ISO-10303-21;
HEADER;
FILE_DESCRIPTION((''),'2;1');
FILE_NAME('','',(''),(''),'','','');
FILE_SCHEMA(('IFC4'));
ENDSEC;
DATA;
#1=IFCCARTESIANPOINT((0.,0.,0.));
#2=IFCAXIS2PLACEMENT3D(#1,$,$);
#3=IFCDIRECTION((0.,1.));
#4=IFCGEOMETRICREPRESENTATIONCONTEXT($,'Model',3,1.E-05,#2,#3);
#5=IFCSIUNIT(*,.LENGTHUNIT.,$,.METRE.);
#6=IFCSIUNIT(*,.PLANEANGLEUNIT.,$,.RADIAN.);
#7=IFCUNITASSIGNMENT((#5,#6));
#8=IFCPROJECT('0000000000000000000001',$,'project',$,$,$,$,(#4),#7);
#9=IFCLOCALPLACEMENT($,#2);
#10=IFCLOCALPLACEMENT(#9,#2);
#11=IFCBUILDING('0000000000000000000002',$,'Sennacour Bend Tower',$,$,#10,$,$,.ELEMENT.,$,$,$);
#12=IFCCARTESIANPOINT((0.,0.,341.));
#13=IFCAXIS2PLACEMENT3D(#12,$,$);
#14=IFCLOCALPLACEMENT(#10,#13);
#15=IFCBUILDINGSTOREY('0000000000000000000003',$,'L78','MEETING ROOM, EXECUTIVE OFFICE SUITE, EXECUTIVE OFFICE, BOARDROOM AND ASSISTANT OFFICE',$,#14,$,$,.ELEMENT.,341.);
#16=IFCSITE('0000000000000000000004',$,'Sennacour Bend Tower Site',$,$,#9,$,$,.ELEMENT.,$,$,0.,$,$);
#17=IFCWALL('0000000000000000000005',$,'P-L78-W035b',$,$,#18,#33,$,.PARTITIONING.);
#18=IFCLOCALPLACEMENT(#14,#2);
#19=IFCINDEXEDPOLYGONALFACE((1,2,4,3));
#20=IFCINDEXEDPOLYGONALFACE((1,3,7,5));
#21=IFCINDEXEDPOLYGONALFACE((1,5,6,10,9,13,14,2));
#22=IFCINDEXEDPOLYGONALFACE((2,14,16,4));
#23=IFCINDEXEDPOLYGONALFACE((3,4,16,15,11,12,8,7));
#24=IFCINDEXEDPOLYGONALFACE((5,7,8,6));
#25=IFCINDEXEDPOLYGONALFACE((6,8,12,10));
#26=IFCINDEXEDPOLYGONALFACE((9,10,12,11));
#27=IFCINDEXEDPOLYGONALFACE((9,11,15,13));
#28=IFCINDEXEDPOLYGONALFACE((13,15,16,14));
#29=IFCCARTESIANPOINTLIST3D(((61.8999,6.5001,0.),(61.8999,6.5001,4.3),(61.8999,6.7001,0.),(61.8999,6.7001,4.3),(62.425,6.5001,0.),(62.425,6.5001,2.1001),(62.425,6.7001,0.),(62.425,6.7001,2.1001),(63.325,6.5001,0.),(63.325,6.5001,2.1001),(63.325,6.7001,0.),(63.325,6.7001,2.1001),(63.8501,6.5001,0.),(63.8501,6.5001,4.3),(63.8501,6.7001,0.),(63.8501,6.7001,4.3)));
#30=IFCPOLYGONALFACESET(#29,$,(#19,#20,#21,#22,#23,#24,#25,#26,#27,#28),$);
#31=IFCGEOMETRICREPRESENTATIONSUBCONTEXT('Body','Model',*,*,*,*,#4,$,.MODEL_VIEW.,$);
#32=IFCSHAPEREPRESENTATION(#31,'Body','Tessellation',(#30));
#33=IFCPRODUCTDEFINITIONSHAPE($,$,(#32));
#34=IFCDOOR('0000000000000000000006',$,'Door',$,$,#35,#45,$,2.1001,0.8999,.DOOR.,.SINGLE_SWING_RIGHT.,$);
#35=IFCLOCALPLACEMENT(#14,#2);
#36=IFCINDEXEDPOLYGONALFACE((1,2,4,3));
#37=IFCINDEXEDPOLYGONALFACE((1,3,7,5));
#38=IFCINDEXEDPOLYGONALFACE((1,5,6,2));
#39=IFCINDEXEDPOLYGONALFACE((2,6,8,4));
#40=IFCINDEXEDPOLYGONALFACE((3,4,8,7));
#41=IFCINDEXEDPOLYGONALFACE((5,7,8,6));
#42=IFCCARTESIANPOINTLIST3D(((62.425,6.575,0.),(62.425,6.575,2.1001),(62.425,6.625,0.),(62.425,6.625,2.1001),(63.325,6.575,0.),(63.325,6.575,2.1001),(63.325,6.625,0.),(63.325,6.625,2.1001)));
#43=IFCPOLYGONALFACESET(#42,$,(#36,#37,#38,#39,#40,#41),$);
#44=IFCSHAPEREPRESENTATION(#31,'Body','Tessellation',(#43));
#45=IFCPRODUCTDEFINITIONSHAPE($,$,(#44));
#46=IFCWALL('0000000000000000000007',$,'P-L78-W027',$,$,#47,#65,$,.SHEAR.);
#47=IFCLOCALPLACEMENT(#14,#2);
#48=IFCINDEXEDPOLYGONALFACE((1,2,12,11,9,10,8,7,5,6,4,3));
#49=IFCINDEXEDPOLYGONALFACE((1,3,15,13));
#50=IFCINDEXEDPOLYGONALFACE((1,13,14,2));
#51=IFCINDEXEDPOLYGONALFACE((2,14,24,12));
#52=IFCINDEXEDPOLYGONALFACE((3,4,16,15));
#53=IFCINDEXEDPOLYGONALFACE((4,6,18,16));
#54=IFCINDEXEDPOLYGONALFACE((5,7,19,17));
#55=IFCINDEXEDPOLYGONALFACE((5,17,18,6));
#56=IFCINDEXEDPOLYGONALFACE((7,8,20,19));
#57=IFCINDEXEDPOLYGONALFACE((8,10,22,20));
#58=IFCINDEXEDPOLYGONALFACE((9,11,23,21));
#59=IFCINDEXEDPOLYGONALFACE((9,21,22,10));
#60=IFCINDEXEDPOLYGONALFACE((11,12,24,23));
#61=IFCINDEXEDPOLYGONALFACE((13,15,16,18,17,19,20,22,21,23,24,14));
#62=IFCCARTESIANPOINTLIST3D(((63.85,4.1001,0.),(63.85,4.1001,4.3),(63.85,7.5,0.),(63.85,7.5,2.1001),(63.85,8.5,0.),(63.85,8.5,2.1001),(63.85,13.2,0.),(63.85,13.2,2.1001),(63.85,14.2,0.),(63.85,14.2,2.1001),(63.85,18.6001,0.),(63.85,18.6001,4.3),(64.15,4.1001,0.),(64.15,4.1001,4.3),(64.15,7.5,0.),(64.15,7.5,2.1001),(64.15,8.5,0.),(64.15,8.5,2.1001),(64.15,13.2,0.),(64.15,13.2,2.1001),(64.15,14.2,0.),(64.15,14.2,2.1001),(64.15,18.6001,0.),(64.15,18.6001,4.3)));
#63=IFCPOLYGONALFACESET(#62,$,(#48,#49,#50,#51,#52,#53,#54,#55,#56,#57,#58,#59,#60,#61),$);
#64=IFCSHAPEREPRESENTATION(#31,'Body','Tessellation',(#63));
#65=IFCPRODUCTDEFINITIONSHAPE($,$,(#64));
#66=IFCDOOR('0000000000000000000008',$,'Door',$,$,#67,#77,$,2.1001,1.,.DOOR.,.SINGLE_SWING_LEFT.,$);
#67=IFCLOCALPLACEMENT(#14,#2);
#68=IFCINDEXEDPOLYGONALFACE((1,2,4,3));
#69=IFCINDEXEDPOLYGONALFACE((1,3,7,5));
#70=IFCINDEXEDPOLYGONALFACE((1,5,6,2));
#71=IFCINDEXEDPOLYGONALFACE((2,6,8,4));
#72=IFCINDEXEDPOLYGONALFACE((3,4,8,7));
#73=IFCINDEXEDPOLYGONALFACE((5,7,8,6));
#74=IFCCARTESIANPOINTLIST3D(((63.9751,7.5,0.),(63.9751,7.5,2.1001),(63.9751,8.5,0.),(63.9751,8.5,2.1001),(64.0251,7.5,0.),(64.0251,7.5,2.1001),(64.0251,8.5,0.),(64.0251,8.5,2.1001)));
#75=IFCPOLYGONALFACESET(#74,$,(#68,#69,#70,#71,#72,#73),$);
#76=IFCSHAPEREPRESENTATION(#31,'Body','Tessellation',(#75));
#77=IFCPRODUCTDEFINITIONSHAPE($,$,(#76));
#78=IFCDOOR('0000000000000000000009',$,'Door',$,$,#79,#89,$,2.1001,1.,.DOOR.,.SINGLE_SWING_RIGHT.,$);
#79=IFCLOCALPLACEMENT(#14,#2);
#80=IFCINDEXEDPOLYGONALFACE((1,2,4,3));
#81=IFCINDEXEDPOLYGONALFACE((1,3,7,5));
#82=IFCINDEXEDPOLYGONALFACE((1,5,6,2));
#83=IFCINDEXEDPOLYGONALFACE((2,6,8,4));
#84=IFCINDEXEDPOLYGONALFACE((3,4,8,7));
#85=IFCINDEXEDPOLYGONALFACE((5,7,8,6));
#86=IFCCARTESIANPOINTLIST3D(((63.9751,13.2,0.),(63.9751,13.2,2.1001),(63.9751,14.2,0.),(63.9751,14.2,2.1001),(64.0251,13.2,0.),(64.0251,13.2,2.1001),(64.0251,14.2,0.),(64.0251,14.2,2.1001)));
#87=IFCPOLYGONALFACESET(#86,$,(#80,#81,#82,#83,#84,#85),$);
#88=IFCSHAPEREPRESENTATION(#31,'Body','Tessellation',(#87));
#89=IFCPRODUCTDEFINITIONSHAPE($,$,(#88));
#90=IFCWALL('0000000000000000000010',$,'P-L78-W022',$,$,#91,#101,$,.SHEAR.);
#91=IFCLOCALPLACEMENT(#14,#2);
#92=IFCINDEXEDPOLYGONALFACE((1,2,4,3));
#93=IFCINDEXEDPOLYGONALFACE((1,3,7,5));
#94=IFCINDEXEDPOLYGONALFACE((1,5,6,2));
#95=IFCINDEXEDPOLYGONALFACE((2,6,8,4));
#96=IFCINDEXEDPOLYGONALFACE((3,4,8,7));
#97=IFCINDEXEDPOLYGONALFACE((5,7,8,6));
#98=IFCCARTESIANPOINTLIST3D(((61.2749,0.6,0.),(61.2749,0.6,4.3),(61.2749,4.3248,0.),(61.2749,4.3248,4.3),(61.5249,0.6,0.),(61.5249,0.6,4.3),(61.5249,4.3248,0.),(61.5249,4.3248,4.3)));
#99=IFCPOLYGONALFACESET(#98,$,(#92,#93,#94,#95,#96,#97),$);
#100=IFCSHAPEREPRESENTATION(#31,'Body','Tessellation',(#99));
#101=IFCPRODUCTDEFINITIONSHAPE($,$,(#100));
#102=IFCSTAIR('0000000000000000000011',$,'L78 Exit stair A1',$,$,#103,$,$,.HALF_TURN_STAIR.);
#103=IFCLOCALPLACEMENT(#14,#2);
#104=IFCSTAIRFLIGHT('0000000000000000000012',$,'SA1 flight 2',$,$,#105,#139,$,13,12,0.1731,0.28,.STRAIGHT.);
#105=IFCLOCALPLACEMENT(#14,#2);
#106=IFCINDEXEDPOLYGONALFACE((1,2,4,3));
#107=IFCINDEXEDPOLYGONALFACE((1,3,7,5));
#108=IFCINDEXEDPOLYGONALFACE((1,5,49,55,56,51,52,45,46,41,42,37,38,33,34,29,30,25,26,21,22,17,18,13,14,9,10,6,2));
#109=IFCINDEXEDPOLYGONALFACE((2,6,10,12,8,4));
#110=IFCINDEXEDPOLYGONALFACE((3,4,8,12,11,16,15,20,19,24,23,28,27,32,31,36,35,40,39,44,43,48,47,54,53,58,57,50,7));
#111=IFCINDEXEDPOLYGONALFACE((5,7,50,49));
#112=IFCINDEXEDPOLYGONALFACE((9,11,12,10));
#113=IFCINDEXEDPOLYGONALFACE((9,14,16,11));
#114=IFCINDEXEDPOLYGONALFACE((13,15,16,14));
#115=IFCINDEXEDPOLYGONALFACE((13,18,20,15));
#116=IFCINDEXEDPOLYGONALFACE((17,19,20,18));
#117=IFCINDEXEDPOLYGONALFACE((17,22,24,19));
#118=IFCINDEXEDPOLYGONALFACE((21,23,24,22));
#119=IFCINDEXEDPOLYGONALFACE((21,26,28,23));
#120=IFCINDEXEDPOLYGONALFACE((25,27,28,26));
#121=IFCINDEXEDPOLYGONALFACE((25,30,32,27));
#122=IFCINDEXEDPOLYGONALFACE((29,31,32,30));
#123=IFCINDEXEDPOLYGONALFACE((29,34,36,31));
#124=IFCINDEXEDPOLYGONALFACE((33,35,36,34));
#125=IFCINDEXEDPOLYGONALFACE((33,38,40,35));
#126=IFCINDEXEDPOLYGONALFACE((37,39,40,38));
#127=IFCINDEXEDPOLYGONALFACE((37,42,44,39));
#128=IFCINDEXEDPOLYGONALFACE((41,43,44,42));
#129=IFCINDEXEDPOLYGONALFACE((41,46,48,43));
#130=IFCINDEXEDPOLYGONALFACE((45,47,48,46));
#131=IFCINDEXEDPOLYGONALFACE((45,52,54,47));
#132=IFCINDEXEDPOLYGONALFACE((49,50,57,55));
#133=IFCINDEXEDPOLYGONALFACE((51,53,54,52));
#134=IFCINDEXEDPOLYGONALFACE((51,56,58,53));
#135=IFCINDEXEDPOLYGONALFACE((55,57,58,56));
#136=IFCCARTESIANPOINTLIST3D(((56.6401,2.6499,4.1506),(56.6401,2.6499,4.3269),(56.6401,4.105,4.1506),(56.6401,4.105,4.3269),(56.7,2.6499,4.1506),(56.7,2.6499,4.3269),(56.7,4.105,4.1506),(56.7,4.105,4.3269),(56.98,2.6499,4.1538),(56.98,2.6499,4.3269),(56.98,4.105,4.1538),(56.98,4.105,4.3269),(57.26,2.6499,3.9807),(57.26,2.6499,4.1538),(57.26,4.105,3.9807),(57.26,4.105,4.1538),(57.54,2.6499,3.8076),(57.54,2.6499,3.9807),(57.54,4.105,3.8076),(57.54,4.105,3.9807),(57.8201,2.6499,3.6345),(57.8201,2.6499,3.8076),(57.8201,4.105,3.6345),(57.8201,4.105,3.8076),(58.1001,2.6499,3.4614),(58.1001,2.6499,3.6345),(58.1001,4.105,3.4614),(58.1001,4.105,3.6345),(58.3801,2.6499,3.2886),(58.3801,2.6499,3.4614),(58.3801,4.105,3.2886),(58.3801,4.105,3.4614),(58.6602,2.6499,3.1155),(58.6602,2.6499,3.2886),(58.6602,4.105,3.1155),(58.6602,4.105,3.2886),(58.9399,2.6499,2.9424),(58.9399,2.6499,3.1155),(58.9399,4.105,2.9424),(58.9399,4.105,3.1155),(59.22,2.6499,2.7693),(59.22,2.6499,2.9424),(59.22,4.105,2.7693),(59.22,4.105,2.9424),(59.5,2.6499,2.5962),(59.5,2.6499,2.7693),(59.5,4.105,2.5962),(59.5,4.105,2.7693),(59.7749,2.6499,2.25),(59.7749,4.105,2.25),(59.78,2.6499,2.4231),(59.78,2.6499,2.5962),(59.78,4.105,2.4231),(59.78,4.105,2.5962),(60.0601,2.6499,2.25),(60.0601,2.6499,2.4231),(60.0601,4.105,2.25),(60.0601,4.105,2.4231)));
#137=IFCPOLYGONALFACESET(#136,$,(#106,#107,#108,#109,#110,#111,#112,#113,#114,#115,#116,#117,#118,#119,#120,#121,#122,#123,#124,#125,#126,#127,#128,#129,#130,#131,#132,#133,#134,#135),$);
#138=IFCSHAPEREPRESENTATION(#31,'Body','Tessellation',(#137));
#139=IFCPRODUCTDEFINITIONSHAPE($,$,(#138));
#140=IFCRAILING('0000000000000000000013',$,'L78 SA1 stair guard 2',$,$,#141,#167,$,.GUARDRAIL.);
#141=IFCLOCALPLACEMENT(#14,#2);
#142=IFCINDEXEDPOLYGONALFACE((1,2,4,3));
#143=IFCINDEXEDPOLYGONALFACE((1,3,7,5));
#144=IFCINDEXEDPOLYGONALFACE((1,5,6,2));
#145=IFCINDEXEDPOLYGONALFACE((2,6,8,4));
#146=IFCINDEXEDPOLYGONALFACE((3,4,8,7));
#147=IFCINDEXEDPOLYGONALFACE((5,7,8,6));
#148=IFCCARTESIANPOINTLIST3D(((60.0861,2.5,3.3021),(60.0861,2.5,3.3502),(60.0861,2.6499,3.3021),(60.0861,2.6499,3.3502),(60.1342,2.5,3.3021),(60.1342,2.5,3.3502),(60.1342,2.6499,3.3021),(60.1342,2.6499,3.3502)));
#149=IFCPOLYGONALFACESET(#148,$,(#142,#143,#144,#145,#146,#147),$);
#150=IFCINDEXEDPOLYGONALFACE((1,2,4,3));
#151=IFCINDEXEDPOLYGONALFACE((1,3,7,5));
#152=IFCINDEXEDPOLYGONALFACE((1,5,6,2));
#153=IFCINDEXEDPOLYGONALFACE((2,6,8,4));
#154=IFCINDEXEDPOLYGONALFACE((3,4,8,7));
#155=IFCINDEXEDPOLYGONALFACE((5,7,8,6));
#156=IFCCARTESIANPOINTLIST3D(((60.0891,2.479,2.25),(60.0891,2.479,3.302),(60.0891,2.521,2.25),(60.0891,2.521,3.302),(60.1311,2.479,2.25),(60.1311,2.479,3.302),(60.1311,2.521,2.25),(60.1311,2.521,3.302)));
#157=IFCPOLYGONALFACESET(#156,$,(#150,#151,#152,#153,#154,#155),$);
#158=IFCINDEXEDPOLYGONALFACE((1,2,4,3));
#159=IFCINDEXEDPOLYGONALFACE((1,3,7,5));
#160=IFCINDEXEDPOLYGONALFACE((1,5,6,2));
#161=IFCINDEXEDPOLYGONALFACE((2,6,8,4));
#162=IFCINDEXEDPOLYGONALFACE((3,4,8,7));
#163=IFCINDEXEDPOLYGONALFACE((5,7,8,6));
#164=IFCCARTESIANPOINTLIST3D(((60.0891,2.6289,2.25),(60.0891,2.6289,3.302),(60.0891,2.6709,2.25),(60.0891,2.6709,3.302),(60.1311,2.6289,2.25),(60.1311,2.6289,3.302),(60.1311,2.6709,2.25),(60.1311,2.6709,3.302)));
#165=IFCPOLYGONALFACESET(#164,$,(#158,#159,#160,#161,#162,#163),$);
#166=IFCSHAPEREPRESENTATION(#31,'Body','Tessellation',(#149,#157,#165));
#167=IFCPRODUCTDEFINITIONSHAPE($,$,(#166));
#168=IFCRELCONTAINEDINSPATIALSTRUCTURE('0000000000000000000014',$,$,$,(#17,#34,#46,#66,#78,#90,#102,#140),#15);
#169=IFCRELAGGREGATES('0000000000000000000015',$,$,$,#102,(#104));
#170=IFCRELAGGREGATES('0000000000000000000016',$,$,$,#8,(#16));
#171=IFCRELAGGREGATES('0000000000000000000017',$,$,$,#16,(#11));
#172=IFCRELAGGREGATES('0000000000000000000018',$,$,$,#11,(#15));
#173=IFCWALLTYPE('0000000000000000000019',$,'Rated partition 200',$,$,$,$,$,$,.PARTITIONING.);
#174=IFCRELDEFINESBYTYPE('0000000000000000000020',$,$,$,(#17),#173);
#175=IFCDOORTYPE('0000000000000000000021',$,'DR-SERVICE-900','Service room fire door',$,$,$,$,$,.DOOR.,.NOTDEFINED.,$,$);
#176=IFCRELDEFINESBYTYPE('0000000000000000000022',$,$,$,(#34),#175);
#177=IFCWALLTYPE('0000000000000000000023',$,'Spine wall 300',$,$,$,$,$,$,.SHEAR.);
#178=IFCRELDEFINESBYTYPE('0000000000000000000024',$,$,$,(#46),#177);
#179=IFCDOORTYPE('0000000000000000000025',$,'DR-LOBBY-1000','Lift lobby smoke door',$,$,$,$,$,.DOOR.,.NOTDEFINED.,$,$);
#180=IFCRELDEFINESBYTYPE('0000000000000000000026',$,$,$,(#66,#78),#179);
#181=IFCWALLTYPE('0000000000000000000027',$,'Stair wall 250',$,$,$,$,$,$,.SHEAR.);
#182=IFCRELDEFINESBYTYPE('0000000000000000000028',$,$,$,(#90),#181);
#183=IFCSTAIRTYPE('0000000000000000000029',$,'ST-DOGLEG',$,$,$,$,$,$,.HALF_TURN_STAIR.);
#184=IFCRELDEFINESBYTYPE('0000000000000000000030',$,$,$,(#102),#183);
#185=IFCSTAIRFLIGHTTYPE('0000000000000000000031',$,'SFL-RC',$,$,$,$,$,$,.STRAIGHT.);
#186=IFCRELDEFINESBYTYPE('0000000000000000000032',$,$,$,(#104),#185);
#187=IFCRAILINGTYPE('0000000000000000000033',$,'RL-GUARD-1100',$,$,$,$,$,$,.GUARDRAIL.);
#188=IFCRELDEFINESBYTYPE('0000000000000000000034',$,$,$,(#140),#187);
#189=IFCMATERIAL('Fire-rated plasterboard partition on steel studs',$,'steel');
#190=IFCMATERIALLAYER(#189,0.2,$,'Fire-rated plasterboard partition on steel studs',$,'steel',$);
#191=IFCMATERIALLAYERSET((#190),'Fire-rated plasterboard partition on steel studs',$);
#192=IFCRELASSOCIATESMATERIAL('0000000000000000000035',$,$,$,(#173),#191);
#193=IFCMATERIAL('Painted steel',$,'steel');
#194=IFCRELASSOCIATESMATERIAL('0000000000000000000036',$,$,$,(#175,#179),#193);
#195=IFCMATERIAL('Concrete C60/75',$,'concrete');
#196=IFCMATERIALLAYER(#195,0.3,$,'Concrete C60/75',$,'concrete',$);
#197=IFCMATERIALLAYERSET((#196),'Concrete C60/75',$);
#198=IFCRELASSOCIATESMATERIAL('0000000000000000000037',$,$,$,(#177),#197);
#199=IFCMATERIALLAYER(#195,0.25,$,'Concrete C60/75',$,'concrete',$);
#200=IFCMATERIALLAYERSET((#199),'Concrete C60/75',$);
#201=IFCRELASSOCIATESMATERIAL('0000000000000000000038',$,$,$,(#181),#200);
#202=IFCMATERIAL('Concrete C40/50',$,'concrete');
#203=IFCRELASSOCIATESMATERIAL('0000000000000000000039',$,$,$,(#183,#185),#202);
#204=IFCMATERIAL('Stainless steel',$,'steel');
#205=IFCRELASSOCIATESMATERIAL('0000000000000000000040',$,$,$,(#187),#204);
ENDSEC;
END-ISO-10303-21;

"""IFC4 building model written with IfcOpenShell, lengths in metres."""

from ifc_helpers import new_model, si_unit, direction, frame, frame_2d, origin, origin_2d, place, context, subcontext, project, spatial, polyline, rectangle, outline, extrude, material, layer, layer_set, type_object, element, fill, aggregate, save


model = new_model("IFC4")

# Units and contexts
model_context = context("Model", 3, precision=1e-05, world=origin(), true_north=direction((0.0, 1.0)))
body_context = subcontext(model_context, "Body", "Model", "MODEL_VIEW")
ifc_project = project(units=[si_unit("LENGTHUNIT", "METRE"), si_unit("PLANEANGLEUNIT", "RADIAN")], contexts=[model_context])

# Site, building, storey
site_placement = place(None, origin())
site = spatial("IfcSite", under=ifc_project, at=site_placement, Name="Sennacour Bend Tower Site", CompositionType="ELEMENT", RefElevation=0.0)
building_placement = place(site_placement, origin())
building = spatial("IfcBuilding", under=site, at=building_placement, Name="Sennacour Bend Tower", CompositionType="ELEMENT")
storey_placement = place(building_placement, frame((0.0, 0.0, 341.0)))
storey = spatial("IfcBuildingStorey", under=building, at=storey_placement, Name="L78", Description="MEETING ROOM, EXECUTIVE OFFICE SUITE, EXECUTIVE OFFICE, BOARDROOM AND ASSISTANT OFFICE", CompositionType="ELEMENT", Elevation=341.0)

# Shared definitions
ifc_material_1 = material(Name="Fire-rated plasterboard partition on steel studs", Category="steel")
ifc_layer_1 = layer(ifc_material_1, 0.2, Name="Fire-rated plasterboard partition on steel studs", Category="steel")
ifc_layer_set_1 = layer_set([ifc_layer_1], Name="Fire-rated plasterboard partition on steel studs")
wall_type_1 = type_object("IfcWallType", Name="Rated partition 200", PredefinedType="PARTITIONING", material=ifc_layer_set_1)

# Wall, opening, door
ifc_material_2 = material(Name="Painted steel", Category="steel")
door_type_1 = type_object("IfcDoorType", Name="DR-SERVICE-900", Description="Service room fire door", OperationType="NOTDEFINED", PredefinedType="DOOR", material=ifc_material_2)
wall_1_placement = place(storey_placement, frame((61.8999, 6.6001, 0.0), z_axis=(0.0, 0.0, 1.0), x_axis=(1.0, 0.0, 0.0)))
wall_1 = element("IfcWall", 1, at=wall_1_placement, inside=storey, type_object=wall_type_1, Name="P-L78-W035b", PredefinedType="PARTITIONING", context=body_context, shape_type="SweptSolid", body=[
    extrude(rectangle(XDim=1.9502, YDim=0.2, at=frame_2d((0.9751, 0.0))), origin(), (0.0, 0.0, 1.0), 4.3),
])
opening_1_placement = place(wall_1_placement, frame((0.5251, 0.0, 0.0)))
opening_1 = element("IfcOpeningElement", 2, at=opening_1_placement, cuts=wall_1, PredefinedType="OPENING", context=body_context, shape_type="SweptSolid", body=[
    extrude(rectangle(XDim=0.8999, YDim=2.1001, at=frame_2d((0.45, 1.05))), frame((0.0, 0.1099, 0.0), z_axis=(0.0, -1.0, 0.0), x_axis=(1.0, 0.0, 0.0)), (0.0, 0.0, 1.0), 0.22),
])
door_1_placement = place(opening_1_placement, origin())
door_1 = element("IfcDoor", 3, at=door_1_placement, inside=storey, type_object=door_type_1, Name="Door", OperationType="SINGLE_SWING_RIGHT", OverallHeight=2.1001, OverallWidth=0.8999, PredefinedType="DOOR", context=body_context, shape_type="SweptSolid", body=[
    extrude(rectangle(XDim=0.8999, YDim=2.1001, at=frame_2d((0.45, 1.05))), frame((0.0, 0.0249, 0.0), z_axis=(0.0, -1.0, 0.0), x_axis=(1.0, 0.0, 0.0)), (0.0, 0.0, 1.0), 0.05),
])
fill(opening_1, door_1)

# Wall, openings, doors
ifc_material_3 = material(Name="Concrete C60/75", Category="concrete")
ifc_layer_2 = layer(ifc_material_3, 0.3, Name="Concrete C60/75", Category="concrete")
ifc_layer_set_2 = layer_set([ifc_layer_2], Name="Concrete C60/75")
wall_type_2 = type_object("IfcWallType", Name="Spine wall 300", PredefinedType="SHEAR", material=ifc_layer_set_2)
wall_2_placement = place(storey_placement, frame((64.0, 4.1001, 0.0), z_axis=(0.0, 0.0, 1.0), x_axis=(0.0, 1.0, 0.0)))
wall_2 = element("IfcWall", 4, at=wall_2_placement, inside=storey, type_object=wall_type_2, Name="P-L78-W027", PredefinedType="SHEAR", context=body_context, shape_type="SweptSolid", body=[
    extrude(rectangle(XDim=14.5, YDim=0.3, at=frame_2d((7.25, 0.0))), origin(), (0.0, 0.0, 1.0), 4.3),
])
opening_2_placement = place(wall_2_placement, frame((3.3999, 0.0, 0.0)))
opening_2 = element("IfcOpeningElement", 5, at=opening_2_placement, cuts=wall_2, PredefinedType="OPENING", context=body_context, shape_type="SweptSolid", body=[
    extrude(rectangle(XDim=1.0, YDim=2.1001, at=frame_2d((0.5, 1.05))), frame((0.0, 0.1602, 0.0), z_axis=(0.0, -1.0, 0.0), x_axis=(1.0, 0.0, 0.0)), (0.0, 0.0, 1.0), 0.3201),
])
opening_3_placement = place(wall_2_placement, frame((9.0999, 0.0, 0.0)))
opening_3 = element("IfcOpeningElement", 6, at=opening_3_placement, cuts=wall_2, PredefinedType="OPENING", context=body_context, shape_type="SweptSolid", body=[
    extrude(rectangle(XDim=1.0, YDim=2.1001, at=frame_2d((0.5, 1.05))), frame((0.0, 0.1602, 0.0), z_axis=(0.0, -1.0, 0.0), x_axis=(1.0, 0.0, 0.0)), (0.0, 0.0, 1.0), 0.3201),
])
door_type_2 = type_object("IfcDoorType", Name="DR-LOBBY-1000", Description="Lift lobby smoke door", OperationType="NOTDEFINED", PredefinedType="DOOR", material=ifc_material_2)
door_2_placement = place(opening_2_placement, origin())
door_2 = element("IfcDoor", 7, at=door_2_placement, inside=storey, type_object=door_type_2, Name="Door", OperationType="SINGLE_SWING_LEFT", OverallHeight=2.1001, OverallWidth=1.0, PredefinedType="DOOR", context=body_context, shape_type="SweptSolid", body=[
    extrude(rectangle(XDim=1.0, YDim=2.1001, at=frame_2d((0.5, 1.05))), frame((0.0, 0.0249, 0.0), z_axis=(0.0, -1.0, 0.0), x_axis=(1.0, 0.0, 0.0)), (0.0, 0.0, 1.0), 0.05),
])
fill(opening_2, door_2)
door_3_placement = place(opening_3_placement, origin())
door_3 = element("IfcDoor", 8, at=door_3_placement, inside=storey, type_object=door_type_2, Name="Door", OperationType="SINGLE_SWING_RIGHT", OverallHeight=2.1001, OverallWidth=1.0, PredefinedType="DOOR", context=body_context, shape_type="SweptSolid", body=[
    extrude(rectangle(XDim=1.0, YDim=2.1001, at=frame_2d((0.5, 1.05))), frame((0.0, 0.0249, 0.0), z_axis=(0.0, -1.0, 0.0), x_axis=(1.0, 0.0, 0.0)), (0.0, 0.0, 1.0), 0.05),
])
fill(opening_3, door_3)

# Wall
ifc_layer_3 = layer(ifc_material_3, 0.25, Name="Concrete C60/75", Category="concrete")
ifc_layer_set_3 = layer_set([ifc_layer_3], Name="Concrete C60/75")
wall_type_3 = type_object("IfcWallType", Name="Stair wall 250", PredefinedType="SHEAR", material=ifc_layer_set_3)
wall_3_placement = place(storey_placement, frame((61.3999, 0.6001, 0.0), z_axis=(0.0, 0.0, 1.0), x_axis=(0.0, 1.0, 0.0)))
element("IfcWall", 9, at=wall_3_placement, inside=storey, type_object=wall_type_3, Name="P-L78-W022", PredefinedType="SHEAR", context=body_context, shape_type="SweptSolid", body=[
    extrude(rectangle(XDim=3.7249, YDim=0.25, at=frame_2d((1.8623, 0.0))), origin(), (0.0, 0.0, 1.0), 4.3),
])

# Stair, stair flight
ifc_material_4 = material(Name="Concrete C40/50", Category="concrete")
stair_type = type_object("IfcStairType", Name="ST-DOGLEG", PredefinedType="HALF_TURN_STAIR", material=ifc_material_4)
stair_placement = place(storey_placement, origin())
stair = element("IfcStair", 10, at=stair_placement, inside=storey, type_object=stair_type, Name="L78 Exit stair A1", PredefinedType="HALF_TURN_STAIR")
stair_flight_type = type_object("IfcStairFlightType", Name="SFL-RC", PredefinedType="STRAIGHT", material=ifc_material_4)
stair_flight_placement = place(storey_placement, frame((60.0601, 3.3774, 2.25), z_axis=(0.0, 0.0, 1.0), x_axis=(-1.0, 0.0, 0.0)))
stair_flight = element("IfcStairFlight", 11, at=stair_flight_placement, type_object=stair_flight_type, Name="SA1 flight 2", NumberOfRisers=13, NumberOfTreads=12, PredefinedType="STRAIGHT", RiserHeight=0.1731, TreadLength=0.28, context=body_context, shape_type="SweptSolid", body=[
    extrude(outline(polyline([(0.0, 0.0), (0.0, 0.1731), (0.28, 0.1731), (0.28, 0.3462), (0.5601, 0.3462), (0.5601, 0.5193), (0.8401, 0.5193), (0.8401, 0.6924), (1.1201, 0.6924), (1.1201, 0.8655), (1.3999, 0.8655), (1.3999, 1.0386), (1.6799, 1.0386), (1.6799, 1.2114), (1.96, 1.2114), (1.96, 1.3845), (2.24, 1.3845), (2.24, 1.5576), (2.52, 1.5576), (2.52, 1.7307), (2.8, 1.7307), (2.8, 1.9038), (3.0801, 1.9038), (3.0801, 2.0769), (3.3601, 2.0769), (3.4199, 2.0769), (3.4199, 1.9006), (3.3601, 1.9006), (0.2852, 0.0), (0.0, 0.0)])), frame((0.0, 0.7275, 0.0), z_axis=(0.0, -1.0, 0.0), x_axis=(1.0, 0.0, 0.0)), (0.0, 0.0, 1.0), 1.4551),
])
aggregate(stair, [stair_flight])

# Railing
ifc_material_5 = material(Name="Stainless steel", Category="steel")
railing_type_1 = type_object("IfcRailingType", Name="RL-GUARD-1100", PredefinedType="GUARDRAIL", material=ifc_material_5)
railing_1_placement = place(storey_placement, frame((60.1101, 2.5, 2.25)))
element("IfcRailing", 12, at=railing_1_placement, inside=storey, type_object=railing_type_1, Name="L78 SA1 stair guard 2", PredefinedType="GUARDRAIL", context=body_context, shape_type="SweptSolid", body=[
    extrude(rectangle(XDim=0.0481, YDim=0.0481, at=origin_2d()), frame((0.0, 0.0, 1.0762), z_axis=(0.0, 1.0, 0.0), x_axis=(-1.0, 0.0, 0.0)), (0.0, 0.0, 1.0), 0.1499),
    extrude(rectangle(XDim=0.042, YDim=0.042, at=origin_2d()), origin(), (0.0, 0.0, 1.0), 1.052),
    extrude(rectangle(XDim=0.042, YDim=0.042, at=origin_2d()), frame((0.0, 0.1499, 0.0)), (0.0, 0.0, 1.0), 1.052),
])

save(model, "model.ifc")
